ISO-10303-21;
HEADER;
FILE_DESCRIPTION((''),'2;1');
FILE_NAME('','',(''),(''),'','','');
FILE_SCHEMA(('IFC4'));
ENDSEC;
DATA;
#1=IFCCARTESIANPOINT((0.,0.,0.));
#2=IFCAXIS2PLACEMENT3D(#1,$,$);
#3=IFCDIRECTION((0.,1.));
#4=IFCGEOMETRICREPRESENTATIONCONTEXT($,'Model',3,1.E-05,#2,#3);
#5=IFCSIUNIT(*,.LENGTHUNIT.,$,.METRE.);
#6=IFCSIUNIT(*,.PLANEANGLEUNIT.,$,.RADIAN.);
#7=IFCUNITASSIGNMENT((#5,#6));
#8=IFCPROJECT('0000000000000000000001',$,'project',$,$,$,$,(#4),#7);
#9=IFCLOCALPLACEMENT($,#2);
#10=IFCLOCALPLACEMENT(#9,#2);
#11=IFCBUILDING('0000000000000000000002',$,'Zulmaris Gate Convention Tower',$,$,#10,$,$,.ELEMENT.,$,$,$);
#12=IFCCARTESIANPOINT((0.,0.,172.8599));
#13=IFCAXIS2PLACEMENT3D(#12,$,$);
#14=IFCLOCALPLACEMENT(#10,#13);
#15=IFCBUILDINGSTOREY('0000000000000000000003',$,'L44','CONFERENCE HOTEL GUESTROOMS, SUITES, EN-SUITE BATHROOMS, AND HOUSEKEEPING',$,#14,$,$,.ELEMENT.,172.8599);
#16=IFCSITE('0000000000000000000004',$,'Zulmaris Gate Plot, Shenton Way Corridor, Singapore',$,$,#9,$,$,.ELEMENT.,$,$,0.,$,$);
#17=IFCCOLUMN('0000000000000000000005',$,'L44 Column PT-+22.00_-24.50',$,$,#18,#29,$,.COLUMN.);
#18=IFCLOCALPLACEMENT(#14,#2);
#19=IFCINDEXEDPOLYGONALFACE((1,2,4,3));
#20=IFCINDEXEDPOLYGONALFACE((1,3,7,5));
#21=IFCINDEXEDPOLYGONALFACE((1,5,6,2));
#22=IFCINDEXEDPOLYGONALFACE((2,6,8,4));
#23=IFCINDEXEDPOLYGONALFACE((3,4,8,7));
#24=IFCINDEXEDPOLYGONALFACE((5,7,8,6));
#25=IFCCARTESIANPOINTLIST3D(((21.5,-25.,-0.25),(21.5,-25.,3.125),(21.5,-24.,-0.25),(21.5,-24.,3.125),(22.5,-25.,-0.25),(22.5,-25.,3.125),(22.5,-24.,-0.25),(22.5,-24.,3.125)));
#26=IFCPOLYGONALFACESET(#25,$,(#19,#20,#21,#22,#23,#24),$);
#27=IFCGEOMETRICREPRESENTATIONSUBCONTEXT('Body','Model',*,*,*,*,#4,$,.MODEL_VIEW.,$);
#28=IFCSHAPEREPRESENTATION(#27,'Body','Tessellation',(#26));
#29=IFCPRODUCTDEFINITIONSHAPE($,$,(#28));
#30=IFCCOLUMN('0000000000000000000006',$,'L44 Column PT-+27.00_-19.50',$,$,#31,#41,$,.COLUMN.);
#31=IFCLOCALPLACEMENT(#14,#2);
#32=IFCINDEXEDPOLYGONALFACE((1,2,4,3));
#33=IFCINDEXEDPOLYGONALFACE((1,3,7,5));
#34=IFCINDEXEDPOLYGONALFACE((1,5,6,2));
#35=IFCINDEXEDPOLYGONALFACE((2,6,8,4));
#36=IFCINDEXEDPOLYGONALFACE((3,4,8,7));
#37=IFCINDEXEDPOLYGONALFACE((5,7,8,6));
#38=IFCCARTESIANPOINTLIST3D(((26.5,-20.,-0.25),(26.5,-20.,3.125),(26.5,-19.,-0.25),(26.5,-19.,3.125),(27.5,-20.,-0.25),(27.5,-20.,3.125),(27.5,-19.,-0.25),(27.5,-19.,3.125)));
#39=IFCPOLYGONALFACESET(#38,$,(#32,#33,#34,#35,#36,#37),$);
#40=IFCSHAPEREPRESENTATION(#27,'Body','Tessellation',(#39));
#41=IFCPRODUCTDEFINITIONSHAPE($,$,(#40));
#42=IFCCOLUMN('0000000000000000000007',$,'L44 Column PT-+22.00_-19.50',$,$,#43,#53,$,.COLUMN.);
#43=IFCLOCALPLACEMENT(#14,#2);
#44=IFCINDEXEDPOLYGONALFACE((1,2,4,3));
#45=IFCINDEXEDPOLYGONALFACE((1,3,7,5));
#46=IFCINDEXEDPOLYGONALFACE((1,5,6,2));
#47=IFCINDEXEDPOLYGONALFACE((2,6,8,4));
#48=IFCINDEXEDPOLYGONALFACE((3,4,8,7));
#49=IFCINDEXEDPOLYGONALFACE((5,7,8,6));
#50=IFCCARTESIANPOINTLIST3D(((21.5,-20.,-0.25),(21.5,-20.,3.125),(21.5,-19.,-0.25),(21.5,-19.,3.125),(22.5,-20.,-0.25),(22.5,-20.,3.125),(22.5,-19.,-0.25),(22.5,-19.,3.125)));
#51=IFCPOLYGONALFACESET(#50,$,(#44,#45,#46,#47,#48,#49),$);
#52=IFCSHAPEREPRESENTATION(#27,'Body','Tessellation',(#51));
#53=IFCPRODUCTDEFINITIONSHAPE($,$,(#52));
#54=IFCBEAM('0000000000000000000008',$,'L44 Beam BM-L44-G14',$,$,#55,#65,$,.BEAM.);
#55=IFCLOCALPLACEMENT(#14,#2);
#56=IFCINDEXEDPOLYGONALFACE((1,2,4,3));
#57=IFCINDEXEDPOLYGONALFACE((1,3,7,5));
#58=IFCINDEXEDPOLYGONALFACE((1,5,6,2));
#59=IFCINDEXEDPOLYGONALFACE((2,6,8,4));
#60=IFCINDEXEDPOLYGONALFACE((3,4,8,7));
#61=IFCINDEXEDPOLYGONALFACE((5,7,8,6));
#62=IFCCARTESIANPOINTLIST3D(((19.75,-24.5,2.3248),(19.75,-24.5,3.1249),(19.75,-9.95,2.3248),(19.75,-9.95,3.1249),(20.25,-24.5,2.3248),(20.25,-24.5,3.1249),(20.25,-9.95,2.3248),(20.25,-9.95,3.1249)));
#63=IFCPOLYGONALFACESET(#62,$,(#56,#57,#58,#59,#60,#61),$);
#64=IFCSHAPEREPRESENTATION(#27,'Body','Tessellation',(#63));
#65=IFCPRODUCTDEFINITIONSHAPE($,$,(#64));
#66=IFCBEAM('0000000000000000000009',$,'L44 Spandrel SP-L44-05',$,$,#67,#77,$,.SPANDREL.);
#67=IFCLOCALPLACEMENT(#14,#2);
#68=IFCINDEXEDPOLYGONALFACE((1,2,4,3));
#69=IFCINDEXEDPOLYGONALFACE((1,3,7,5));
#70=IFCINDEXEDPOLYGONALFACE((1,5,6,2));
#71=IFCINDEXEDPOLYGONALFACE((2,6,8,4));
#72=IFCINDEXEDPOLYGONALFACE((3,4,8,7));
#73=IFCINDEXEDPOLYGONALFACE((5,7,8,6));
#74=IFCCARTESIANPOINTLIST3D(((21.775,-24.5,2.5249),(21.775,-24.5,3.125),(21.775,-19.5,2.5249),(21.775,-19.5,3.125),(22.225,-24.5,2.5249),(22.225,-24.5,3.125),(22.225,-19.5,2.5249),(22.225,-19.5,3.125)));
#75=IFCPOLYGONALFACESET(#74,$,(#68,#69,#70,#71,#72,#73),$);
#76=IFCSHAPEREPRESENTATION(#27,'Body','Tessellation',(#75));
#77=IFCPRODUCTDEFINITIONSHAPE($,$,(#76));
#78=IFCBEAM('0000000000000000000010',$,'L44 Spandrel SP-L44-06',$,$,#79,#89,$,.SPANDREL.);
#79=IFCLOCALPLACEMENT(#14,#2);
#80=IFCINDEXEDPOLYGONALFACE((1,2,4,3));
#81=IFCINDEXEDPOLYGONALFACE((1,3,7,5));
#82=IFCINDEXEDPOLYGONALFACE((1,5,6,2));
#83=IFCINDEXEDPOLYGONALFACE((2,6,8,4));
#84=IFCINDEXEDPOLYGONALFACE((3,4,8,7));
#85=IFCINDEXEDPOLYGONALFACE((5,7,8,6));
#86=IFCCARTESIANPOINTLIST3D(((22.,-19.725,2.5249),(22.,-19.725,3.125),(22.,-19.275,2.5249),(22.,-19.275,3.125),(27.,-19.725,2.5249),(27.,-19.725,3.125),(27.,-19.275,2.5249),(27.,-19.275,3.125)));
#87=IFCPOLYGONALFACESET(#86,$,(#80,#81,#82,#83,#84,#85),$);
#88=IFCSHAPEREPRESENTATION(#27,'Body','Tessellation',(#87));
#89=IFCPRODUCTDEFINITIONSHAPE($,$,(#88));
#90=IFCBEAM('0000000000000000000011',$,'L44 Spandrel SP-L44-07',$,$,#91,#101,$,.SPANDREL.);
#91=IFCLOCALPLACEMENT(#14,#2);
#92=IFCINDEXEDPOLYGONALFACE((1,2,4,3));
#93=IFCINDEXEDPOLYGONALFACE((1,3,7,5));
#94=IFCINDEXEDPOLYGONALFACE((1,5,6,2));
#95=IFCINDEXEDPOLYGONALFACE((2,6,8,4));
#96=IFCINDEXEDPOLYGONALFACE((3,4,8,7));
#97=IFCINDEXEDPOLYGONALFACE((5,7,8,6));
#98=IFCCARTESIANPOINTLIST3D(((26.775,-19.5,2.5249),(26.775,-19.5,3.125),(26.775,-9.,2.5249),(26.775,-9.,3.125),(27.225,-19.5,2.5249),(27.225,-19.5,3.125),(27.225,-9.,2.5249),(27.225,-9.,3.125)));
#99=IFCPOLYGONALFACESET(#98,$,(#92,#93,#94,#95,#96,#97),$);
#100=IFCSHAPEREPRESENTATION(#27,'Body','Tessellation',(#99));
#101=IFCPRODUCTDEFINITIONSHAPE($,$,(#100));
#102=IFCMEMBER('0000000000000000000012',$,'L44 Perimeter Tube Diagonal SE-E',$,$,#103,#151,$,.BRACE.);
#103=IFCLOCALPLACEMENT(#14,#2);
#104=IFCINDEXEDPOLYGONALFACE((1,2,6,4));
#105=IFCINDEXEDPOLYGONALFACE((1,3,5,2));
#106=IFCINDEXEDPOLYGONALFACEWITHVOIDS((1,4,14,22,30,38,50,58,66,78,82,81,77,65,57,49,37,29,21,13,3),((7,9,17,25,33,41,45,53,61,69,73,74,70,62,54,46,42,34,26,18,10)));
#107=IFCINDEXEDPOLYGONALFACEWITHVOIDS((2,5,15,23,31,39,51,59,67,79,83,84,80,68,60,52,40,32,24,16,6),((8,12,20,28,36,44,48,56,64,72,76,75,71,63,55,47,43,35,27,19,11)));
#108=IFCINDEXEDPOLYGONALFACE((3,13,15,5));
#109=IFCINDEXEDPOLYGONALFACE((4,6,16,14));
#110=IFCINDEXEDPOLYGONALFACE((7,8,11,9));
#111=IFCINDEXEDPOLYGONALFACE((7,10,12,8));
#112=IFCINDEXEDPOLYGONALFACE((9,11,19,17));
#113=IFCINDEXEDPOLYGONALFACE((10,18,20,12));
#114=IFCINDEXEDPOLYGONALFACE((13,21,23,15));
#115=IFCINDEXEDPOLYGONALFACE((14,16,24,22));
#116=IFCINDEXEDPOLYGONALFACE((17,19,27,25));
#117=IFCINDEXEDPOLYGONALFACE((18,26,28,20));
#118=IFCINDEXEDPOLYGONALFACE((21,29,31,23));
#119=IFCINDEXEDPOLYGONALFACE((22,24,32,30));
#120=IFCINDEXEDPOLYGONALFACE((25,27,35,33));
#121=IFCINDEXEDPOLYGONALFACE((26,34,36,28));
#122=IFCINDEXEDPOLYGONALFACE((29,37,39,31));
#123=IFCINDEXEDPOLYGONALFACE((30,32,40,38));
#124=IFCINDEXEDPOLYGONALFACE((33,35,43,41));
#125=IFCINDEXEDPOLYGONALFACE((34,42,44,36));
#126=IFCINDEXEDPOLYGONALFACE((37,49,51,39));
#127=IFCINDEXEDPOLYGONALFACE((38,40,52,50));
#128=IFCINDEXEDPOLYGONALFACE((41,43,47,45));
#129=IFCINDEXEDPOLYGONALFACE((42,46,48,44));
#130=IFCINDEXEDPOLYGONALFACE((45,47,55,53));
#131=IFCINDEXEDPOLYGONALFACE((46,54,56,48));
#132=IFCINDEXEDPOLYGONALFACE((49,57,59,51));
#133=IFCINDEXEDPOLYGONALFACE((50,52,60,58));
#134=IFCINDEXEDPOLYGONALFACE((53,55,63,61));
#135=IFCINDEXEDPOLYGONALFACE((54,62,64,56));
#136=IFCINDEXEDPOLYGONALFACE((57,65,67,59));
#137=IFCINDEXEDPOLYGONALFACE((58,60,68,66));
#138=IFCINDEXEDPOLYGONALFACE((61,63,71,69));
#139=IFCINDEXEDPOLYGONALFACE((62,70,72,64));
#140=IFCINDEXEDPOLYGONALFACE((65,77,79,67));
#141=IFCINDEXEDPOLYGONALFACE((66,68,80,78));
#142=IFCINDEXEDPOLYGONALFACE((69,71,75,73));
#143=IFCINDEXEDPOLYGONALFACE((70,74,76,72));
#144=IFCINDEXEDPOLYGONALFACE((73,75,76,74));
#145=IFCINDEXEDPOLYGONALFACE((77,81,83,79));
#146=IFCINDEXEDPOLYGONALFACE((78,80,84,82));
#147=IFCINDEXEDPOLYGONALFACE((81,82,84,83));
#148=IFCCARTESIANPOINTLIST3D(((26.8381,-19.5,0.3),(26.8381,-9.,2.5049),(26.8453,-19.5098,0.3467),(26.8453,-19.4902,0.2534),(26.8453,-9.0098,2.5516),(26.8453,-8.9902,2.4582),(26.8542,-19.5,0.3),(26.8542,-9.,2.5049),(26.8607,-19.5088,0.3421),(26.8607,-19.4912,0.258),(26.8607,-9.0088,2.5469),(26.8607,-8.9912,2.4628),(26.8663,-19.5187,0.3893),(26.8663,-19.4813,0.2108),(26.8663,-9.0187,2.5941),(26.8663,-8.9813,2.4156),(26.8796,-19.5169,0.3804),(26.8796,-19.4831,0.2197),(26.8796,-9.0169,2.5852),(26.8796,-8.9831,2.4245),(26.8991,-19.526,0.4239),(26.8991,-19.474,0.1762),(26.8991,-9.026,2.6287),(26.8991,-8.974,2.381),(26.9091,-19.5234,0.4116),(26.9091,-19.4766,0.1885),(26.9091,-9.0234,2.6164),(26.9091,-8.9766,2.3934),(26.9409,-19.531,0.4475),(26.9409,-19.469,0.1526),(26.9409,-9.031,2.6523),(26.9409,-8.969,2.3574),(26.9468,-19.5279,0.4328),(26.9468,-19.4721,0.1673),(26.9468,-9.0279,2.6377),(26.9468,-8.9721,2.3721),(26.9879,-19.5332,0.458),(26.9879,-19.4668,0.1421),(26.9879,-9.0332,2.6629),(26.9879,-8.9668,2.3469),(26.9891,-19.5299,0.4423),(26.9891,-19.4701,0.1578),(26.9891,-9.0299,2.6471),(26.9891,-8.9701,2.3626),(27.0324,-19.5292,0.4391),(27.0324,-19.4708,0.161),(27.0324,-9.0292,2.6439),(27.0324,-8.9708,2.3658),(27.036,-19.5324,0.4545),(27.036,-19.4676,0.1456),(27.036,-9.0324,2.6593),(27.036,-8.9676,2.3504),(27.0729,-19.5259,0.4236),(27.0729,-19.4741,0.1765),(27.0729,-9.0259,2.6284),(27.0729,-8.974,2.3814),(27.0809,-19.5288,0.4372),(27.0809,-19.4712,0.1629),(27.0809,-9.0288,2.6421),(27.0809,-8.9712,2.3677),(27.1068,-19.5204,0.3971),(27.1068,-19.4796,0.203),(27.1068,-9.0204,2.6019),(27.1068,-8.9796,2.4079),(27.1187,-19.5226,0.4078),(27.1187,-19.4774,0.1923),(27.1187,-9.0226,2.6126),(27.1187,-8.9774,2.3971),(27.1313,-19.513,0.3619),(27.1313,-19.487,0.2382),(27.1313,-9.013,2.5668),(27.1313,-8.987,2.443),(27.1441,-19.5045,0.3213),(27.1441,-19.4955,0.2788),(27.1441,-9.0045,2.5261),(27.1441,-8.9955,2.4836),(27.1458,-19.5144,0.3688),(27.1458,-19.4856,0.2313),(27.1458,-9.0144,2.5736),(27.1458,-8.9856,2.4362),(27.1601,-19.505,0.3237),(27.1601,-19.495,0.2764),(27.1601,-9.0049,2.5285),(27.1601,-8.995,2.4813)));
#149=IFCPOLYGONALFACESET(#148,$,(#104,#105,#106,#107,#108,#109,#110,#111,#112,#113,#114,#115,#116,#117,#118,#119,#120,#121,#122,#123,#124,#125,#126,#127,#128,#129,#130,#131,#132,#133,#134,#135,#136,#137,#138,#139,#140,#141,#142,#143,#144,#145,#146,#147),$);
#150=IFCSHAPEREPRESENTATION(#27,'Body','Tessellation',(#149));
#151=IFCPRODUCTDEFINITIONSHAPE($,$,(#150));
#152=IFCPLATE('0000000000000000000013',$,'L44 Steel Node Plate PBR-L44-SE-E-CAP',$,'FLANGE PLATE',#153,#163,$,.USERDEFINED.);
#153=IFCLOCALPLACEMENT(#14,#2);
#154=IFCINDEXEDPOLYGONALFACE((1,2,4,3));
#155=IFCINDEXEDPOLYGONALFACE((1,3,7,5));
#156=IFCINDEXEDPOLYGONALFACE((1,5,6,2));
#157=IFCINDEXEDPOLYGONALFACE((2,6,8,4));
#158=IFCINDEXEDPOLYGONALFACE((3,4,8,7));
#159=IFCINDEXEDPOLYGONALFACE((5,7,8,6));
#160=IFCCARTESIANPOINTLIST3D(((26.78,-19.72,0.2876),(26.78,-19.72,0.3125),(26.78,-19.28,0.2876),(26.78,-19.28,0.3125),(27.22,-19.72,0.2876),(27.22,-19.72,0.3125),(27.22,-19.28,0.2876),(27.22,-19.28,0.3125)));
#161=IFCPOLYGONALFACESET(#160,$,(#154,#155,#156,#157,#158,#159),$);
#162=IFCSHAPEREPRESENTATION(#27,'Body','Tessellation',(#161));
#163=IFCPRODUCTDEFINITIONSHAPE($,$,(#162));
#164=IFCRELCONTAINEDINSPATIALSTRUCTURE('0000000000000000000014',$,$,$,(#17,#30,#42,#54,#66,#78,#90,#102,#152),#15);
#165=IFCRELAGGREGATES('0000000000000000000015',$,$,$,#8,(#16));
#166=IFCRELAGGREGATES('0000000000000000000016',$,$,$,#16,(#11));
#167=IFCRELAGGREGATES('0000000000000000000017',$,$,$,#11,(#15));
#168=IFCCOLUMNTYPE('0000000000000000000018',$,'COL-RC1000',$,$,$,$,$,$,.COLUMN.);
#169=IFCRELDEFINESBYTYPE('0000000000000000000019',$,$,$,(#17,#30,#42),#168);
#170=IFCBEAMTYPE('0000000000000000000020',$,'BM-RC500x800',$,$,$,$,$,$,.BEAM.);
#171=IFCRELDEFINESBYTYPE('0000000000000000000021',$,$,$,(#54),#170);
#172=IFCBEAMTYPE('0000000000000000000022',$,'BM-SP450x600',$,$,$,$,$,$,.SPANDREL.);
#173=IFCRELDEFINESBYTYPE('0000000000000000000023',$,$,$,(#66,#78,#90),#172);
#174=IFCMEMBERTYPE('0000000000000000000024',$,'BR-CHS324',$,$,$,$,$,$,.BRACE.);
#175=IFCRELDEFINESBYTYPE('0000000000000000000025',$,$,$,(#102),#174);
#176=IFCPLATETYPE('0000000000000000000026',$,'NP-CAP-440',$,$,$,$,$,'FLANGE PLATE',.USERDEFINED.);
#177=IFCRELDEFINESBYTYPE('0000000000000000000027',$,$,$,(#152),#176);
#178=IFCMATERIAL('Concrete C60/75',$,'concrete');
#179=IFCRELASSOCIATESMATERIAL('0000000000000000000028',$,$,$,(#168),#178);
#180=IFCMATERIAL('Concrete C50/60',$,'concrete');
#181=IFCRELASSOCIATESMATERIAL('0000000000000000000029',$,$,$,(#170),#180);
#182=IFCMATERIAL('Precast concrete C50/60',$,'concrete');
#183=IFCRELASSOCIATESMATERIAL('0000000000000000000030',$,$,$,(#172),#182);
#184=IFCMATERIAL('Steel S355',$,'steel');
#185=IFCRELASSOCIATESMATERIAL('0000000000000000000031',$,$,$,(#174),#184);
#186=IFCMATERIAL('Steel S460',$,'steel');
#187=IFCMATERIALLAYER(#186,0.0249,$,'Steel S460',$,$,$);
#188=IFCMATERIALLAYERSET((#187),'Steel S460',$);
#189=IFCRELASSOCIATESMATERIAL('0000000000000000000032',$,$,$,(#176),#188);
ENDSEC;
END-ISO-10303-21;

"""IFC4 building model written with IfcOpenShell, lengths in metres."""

from ifc_helpers import new_model, si_unit, direction, frame, origin, origin_2d, place, context, subcontext, project, spatial, rectangle, hollow_circle, extrude, material, layer, layer_set, material_profile, profile_set, type_object, element, save


model = new_model("IFC4")

# Units and contexts
model_context = context("Model", 3, precision=1e-05, world=origin(), true_north=direction((0.0, 1.0)))
body_context = subcontext(model_context, "Body", "Model", "MODEL_VIEW")
ifc_project = project(units=[si_unit("LENGTHUNIT", "METRE"), si_unit("PLANEANGLEUNIT", "RADIAN")], contexts=[model_context])

# Site, building, storey
site_placement = place(None, origin())
site = spatial("IfcSite", under=ifc_project, at=site_placement, Name="Zulmaris Gate Plot, Shenton Way Corridor, Singapore", CompositionType="ELEMENT", RefElevation=0.0)
building_placement = place(site_placement, origin())
building = spatial("IfcBuilding", under=site, at=building_placement, Name="Zulmaris Gate Convention Tower", CompositionType="ELEMENT")
storey_placement = place(building_placement, frame((0.0, 0.0, 172.8599)))
storey = spatial("IfcBuildingStorey", under=building, at=storey_placement, Name="L44", Description="CONFERENCE HOTEL GUESTROOMS, SUITES, EN-SUITE BATHROOMS, AND HOUSEKEEPING", CompositionType="ELEMENT", Elevation=172.8599)

# Columns
ifc_material_1 = material(Name="Concrete C60/75", Category="concrete")
ifc_material_profile_1 = material_profile(ifc_material_1, rectangle(XDim=1.0, YDim=1.0, at=origin_2d()), Name="RC COL 1000x1000")
ifc_profile_set_1 = profile_set([ifc_material_profile_1], Name="Concrete C60/75")
column_type = type_object("IfcColumnType", Name="COL-RC1000", PredefinedType="COLUMN", material=ifc_profile_set_1)
for number, where, z_axis, x_axis, name in (
    (1, (22.0, -24.5, -0.25), (0.0, 0.0, 1.0), (1.0, 0.0, 0.0), "L44 Column PT-+22.00_-24.50"),
    (2, (27.0, -19.5, -0.25), (0.0, 0.0, 1.0), (1.0, 0.0, 0.0), "L44 Column PT-+27.00_-19.50"),
    (3, (22.0, -19.5, -0.25), (0.0, 0.0, 1.0), (1.0, 0.0, 0.0), "L44 Column PT-+22.00_-19.50"),
):
    element("IfcColumn", number, at=place(storey_placement, frame(where, z_axis=z_axis, x_axis=x_axis)), inside=storey, type_object=column_type, Name=name, PredefinedType="COLUMN", context=body_context, shape_type="SweptSolid", body=[
        extrude(rectangle(XDim=1.0, YDim=1.0, at=origin_2d()), origin(), (0.0, 0.0, 1.0), 3.375),
    ])

# Beams
ifc_material_2 = material(Name="Concrete C50/60", Category="concrete")
ifc_material_profile_2 = material_profile(ifc_material_2, rectangle(XDim=0.5, YDim=0.8, at=origin_2d()), Name="RC BEAM 500x800")
ifc_profile_set_2 = profile_set([ifc_material_profile_2], Name="Concrete C50/60")
beam_type_1 = type_object("IfcBeamType", Name="BM-RC500x800", PredefinedType="BEAM", material=ifc_profile_set_2)
beam_1_placement = place(storey_placement, frame((20.0, -24.5, 2.7249), z_axis=(0.0, 1.0, 0.0), x_axis=(-1.0, 0.0, 0.0)))
element("IfcBeam", 4, at=beam_1_placement, inside=storey, type_object=beam_type_1, Name="L44 Beam BM-L44-G14", PredefinedType="BEAM", context=body_context, shape_type="SweptSolid", body=[
    extrude(rectangle(XDim=0.5, YDim=0.8, at=origin_2d()), origin(), (0.0, 0.0, 1.0), 14.55),
])
ifc_material_3 = material(Name="Precast concrete C50/60", Category="concrete")
ifc_material_profile_3 = material_profile(ifc_material_3, rectangle(XDim=0.45, YDim=0.6001, at=origin_2d()), Name="RC SPANDREL 450x600")
ifc_profile_set_3 = profile_set([ifc_material_profile_3], Name="Precast concrete C50/60")
beam_type_2 = type_object("IfcBeamType", Name="BM-SP450x600", PredefinedType="SPANDREL", material=ifc_profile_set_3)
for number, where, z_axis, x_axis, name in (
    (5, (22.0, -24.5, 2.825), (0.0, 1.0, 0.0), (-1.0, 0.0, 0.0), "L44 Spandrel SP-L44-05"),
    (6, (22.0, -19.5, 2.825), (1.0, 0.0, 0.0), (0.0, 1.0, 0.0), "L44 Spandrel SP-L44-06"),
):
    element("IfcBeam", number, at=place(storey_placement, frame(where, z_axis=z_axis, x_axis=x_axis)), inside=storey, type_object=beam_type_2, Name=name, PredefinedType="SPANDREL", context=body_context, shape_type="SweptSolid", body=[
        extrude(rectangle(XDim=0.45, YDim=0.6001, at=origin_2d()), origin(), (0.0, 0.0, 1.0), 5.0),
    ])
beam_2_placement = place(storey_placement, frame((27.0, -19.5, 2.825), z_axis=(0.0, 1.0, 0.0), x_axis=(-1.0, 0.0, 0.0)))
element("IfcBeam", 7, at=beam_2_placement, inside=storey, type_object=beam_type_2, Name="L44 Spandrel SP-L44-07", PredefinedType="SPANDREL", context=body_context, shape_type="SweptSolid", body=[
    extrude(rectangle(XDim=0.45, YDim=0.6001, at=origin_2d()), origin(), (0.0, 0.0, 1.0), 10.5),
])

# Member
ifc_material_4 = material(Name="Steel S355", Category="steel")
ifc_material_profile_4 = material_profile(ifc_material_4, hollow_circle(Radius=0.1619, WallThickness=0.0161, at=origin_2d()), Name="CHS 323.9x16")
ifc_profile_set_4 = profile_set([ifc_material_profile_4], Name="Steel S355")
member_type = type_object("IfcMemberType", Name="BR-CHS324", PredefinedType="BRACE", material=ifc_profile_set_4)
member_placement = place(storey_placement, frame((27.0, -19.5, 0.3), z_axis=(0.0, 0.978657, 0.205502), x_axis=(-1.0, 0.0, 0.0)))
element("IfcMember", 8, at=member_placement, inside=storey, type_object=member_type, Name="L44 Perimeter Tube Diagonal SE-E", PredefinedType="BRACE", context=body_context, shape_type="SweptSolid", body=[
    extrude(hollow_circle(Radius=0.1619, WallThickness=0.0161, at=origin_2d()), origin(), (0.0, 0.0, 1.0), 10.729),
])

# Plate
ifc_material_5 = material(Name="Steel S460", Category="steel")
ifc_layer_1 = layer(ifc_material_5, 0.0249, Name="Steel S460")
ifc_layer_set_1 = layer_set([ifc_layer_1], Name="Steel S460")
plate_type = type_object("IfcPlateType", Name="NP-CAP-440", ElementType="FLANGE PLATE", PredefinedType="USERDEFINED", material=ifc_layer_set_1)
plate_placement = place(storey_placement, frame((27.0, -19.5, 0.2876), z_axis=(0.0, 0.0, 1.0), x_axis=(1.0, 0.0, 0.0)))
element("IfcPlate", 9, at=plate_placement, inside=storey, type_object=plate_type, Name="L44 Steel Node Plate PBR-L44-SE-E-CAP", ObjectType="FLANGE PLATE", PredefinedType="USERDEFINED", context=body_context, shape_type="SweptSolid", body=[
    extrude(rectangle(XDim=0.4399, YDim=0.4399, at=origin_2d()), origin(), (0.0, 0.0, 1.0), 0.0249),
])

save(model, "model.ifc")
